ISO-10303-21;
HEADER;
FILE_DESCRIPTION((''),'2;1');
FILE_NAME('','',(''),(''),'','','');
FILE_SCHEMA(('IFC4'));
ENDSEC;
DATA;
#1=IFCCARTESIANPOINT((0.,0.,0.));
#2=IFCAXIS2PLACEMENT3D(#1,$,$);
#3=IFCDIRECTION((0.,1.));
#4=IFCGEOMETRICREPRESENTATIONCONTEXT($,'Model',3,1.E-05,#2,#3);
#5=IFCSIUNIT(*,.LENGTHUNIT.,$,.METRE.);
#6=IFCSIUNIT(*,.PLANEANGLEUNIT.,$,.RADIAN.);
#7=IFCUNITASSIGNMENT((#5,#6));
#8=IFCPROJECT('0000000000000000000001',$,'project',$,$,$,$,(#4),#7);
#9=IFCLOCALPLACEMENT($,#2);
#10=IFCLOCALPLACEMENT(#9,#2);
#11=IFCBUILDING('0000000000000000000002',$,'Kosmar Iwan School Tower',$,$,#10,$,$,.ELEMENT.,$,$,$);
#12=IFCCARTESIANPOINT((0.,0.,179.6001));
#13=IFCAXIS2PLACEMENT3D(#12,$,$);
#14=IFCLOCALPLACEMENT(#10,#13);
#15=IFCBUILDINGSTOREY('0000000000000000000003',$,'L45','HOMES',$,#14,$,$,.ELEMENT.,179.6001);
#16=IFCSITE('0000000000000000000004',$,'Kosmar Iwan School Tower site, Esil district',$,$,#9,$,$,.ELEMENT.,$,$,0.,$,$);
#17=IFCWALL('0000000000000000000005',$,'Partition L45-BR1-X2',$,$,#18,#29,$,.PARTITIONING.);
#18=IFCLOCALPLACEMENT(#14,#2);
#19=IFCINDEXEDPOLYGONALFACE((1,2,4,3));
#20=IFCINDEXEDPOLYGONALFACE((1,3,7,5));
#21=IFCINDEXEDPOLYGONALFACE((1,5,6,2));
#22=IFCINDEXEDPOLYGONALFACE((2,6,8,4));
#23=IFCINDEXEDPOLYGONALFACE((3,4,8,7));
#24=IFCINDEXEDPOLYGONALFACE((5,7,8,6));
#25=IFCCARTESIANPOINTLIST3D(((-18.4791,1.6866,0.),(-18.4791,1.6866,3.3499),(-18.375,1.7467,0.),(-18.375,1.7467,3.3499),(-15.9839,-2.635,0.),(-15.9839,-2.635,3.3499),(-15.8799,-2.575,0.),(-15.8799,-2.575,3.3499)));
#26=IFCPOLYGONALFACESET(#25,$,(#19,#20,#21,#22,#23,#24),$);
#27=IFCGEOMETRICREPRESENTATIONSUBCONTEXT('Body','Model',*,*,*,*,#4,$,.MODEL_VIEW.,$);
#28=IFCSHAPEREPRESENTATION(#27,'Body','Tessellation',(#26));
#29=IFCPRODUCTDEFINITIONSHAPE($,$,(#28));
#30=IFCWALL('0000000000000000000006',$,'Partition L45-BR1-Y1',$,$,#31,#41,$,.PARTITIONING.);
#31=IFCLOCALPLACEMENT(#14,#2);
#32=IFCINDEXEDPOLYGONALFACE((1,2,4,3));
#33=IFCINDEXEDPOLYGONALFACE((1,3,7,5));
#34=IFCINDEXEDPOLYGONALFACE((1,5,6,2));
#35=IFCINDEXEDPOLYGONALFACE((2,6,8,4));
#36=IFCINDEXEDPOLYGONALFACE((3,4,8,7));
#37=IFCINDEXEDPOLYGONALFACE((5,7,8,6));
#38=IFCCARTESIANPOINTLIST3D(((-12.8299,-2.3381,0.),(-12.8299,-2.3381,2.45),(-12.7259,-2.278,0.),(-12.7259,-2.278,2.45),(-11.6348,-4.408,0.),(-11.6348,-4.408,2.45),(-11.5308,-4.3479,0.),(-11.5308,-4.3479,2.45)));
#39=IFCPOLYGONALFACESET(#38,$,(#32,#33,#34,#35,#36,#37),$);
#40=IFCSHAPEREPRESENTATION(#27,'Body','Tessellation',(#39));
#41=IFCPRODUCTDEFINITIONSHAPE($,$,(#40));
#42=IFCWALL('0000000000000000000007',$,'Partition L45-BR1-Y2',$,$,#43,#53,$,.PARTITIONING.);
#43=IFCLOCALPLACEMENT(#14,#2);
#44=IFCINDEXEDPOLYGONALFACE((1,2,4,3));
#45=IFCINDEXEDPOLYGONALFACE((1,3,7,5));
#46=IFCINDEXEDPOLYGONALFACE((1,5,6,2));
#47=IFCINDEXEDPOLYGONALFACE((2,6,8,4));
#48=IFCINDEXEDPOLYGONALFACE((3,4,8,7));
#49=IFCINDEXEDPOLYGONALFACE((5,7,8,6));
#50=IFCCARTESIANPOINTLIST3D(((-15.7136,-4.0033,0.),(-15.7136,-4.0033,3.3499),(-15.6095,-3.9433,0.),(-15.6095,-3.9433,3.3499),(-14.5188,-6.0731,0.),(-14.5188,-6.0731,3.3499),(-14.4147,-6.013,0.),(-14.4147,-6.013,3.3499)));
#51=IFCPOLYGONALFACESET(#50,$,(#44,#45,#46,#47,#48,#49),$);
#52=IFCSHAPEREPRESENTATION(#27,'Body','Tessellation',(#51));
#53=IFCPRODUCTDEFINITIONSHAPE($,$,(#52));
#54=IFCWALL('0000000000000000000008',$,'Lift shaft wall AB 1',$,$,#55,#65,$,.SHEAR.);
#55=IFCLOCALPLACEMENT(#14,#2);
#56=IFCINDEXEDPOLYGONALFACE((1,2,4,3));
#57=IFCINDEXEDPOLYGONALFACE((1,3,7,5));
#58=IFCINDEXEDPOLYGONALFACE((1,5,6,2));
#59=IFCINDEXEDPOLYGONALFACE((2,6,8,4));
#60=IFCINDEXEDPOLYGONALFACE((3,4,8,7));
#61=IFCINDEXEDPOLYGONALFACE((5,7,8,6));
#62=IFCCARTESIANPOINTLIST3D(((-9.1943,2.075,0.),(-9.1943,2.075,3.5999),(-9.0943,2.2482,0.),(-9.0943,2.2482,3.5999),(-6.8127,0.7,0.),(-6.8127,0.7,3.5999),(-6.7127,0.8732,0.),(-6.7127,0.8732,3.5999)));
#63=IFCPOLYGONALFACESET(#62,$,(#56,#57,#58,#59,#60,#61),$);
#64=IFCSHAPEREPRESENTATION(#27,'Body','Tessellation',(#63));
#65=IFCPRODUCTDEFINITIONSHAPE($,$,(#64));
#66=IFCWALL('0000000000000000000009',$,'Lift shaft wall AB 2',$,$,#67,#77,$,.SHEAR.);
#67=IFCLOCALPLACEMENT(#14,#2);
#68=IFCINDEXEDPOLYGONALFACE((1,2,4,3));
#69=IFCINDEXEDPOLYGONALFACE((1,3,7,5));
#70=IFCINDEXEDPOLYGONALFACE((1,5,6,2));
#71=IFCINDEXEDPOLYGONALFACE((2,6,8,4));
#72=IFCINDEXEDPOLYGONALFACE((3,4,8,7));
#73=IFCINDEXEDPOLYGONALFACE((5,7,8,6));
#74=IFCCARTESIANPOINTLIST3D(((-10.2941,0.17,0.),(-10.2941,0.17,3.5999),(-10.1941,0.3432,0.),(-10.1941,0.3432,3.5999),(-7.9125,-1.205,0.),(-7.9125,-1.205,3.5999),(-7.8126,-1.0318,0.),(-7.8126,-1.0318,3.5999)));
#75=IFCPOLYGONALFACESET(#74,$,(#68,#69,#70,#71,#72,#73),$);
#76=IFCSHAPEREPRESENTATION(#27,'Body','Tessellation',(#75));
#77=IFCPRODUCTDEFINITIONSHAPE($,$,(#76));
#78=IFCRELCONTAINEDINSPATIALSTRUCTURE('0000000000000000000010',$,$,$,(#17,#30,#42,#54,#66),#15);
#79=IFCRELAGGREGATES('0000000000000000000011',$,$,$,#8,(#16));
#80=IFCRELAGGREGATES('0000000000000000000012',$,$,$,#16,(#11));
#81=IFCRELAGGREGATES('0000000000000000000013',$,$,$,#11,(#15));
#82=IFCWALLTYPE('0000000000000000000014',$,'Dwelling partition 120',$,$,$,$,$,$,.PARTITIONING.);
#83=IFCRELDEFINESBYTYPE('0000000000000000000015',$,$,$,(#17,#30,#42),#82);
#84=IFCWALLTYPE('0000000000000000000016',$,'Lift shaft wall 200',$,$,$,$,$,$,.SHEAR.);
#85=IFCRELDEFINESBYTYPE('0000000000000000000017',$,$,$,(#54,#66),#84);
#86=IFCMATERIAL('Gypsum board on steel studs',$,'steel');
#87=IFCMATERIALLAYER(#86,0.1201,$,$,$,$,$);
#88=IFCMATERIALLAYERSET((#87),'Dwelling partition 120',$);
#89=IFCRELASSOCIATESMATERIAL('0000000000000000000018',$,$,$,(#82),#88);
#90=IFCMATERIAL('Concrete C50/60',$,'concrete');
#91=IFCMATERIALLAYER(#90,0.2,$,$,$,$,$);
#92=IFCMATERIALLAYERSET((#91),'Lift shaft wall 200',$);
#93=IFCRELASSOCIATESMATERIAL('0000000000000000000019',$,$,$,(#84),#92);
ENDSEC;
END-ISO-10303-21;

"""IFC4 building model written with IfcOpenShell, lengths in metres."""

from ifc_helpers import new_model, si_unit, direction, frame, frame_2d, origin, place, context, subcontext, project, spatial, rectangle, extrude, material, layer, layer_set, type_object, element, save


model = new_model("IFC4")

# Units and contexts
model_context = context("Model", 3, precision=1e-05, world=origin(), true_north=direction((0.0, 1.0)))
body_context = subcontext(model_context, "Body", "Model", "MODEL_VIEW")
ifc_project = project(units=[si_unit("LENGTHUNIT", "METRE"), si_unit("PLANEANGLEUNIT", "RADIAN")], contexts=[model_context])

# Site, building, storey
site_placement = place(None, origin())
site = spatial("IfcSite", under=ifc_project, at=site_placement, Name="Kosmar Iwan School Tower site, Esil district", CompositionType="ELEMENT", RefElevation=0.0)
building_placement = place(site_placement, origin())
building = spatial("IfcBuilding", under=site, at=building_placement, Name="Kosmar Iwan School Tower", CompositionType="ELEMENT")
storey_placement = place(building_placement, frame((0.0, 0.0, 179.6001)))
storey = spatial("IfcBuildingStorey", under=building, at=storey_placement, Name="L45", Description="HOMES", CompositionType="ELEMENT", Elevation=179.6001)

# Shared definitions
ifc_material_1 = material(Name="Gypsum board on steel studs", Category="steel")
ifc_layer_1 = layer(ifc_material_1, 0.1201)
ifc_layer_set_1 = layer_set([ifc_layer_1], Name="Dwelling partition 120")
wall_type_1 = type_object("IfcWallType", Name="Dwelling partition 120", PredefinedType="PARTITIONING", material=ifc_layer_set_1)

# Walls
wall_1_placement = place(storey_placement, frame((-15.9319, -2.605, 0.0), z_axis=(0.0, 0.0, 1.0), x_axis=(-0.500012, 0.866019, 0.0)))
element("IfcWall", 1, at=wall_1_placement, inside=storey, type_object=wall_type_1, Name="Partition L45-BR1-X2", PredefinedType="PARTITIONING", context=body_context, shape_type="SweptSolid", body=[
    extrude(rectangle(XDim=4.9902, YDim=0.1201, at=frame_2d((2.4951, 0.0))), origin(), (0.0, 0.0, 1.0), 3.3499),
])
wall_2_placement = place(storey_placement, frame((-11.5828, -4.3779, 0.0), z_axis=(0.0, 0.0, 1.0), x_axis=(-0.500017, 0.866015, 0.0)))
element("IfcWall", 2, at=wall_2_placement, inside=storey, type_object=wall_type_1, Name="Partition L45-BR1-Y1", PredefinedType="PARTITIONING", context=body_context, shape_type="SweptSolid", body=[
    extrude(rectangle(XDim=2.3901, YDim=0.1201, at=frame_2d((1.1951, 0.0))), origin(), (0.0, 0.0, 1.0), 2.45),
])
wall_3_placement = place(storey_placement, frame((-14.4668, -6.043, 0.0), z_axis=(0.0, 0.0, 1.0), x_axis=(-0.499941, 0.86606, 0.0)))
element("IfcWall", 3, at=wall_3_placement, inside=storey, type_object=wall_type_1, Name="Partition L45-BR1-Y2", PredefinedType="PARTITIONING", context=body_context, shape_type="SweptSolid", body=[
    extrude(rectangle(XDim=2.3899, YDim=0.1201, at=frame_2d((1.1948, 0.0))), origin(), (0.0, 0.0, 1.0), 3.3499),
])
ifc_material_2 = material(Name="Concrete C50/60", Category="concrete")
ifc_layer_2 = layer(ifc_material_2, 0.2)
ifc_layer_set_2 = layer_set([ifc_layer_2], Name="Lift shaft wall 200")
wall_type_2 = type_object("IfcWallType", Name="Lift shaft wall 200", PredefinedType="SHEAR", material=ifc_layer_set_2)
for number, where, z_axis, x_axis, name in (
    (4, (-6.7627, 0.7866, 0.0), (0.0, 0.0, 1.0), (-0.866027, 0.499997, 0.0), "Lift shaft wall AB 1"),
    (5, (-7.8625, -1.1184, 0.0), (0.0, 0.0, 1.0), (-0.866027, 0.499997, 0.0), "Lift shaft wall AB 2"),
):
    element("IfcWall", number, at=place(storey_placement, frame(where, z_axis=z_axis, x_axis=x_axis)), inside=storey, type_object=wall_type_2, Name=name, PredefinedType="SHEAR", context=body_context, shape_type="SweptSolid", body=[
        extrude(rectangle(XDim=2.75, YDim=0.2, at=frame_2d((1.375, 0.0))), origin(), (0.0, 0.0, 1.0), 3.5999),
    ])

save(model, "model.ifc")
